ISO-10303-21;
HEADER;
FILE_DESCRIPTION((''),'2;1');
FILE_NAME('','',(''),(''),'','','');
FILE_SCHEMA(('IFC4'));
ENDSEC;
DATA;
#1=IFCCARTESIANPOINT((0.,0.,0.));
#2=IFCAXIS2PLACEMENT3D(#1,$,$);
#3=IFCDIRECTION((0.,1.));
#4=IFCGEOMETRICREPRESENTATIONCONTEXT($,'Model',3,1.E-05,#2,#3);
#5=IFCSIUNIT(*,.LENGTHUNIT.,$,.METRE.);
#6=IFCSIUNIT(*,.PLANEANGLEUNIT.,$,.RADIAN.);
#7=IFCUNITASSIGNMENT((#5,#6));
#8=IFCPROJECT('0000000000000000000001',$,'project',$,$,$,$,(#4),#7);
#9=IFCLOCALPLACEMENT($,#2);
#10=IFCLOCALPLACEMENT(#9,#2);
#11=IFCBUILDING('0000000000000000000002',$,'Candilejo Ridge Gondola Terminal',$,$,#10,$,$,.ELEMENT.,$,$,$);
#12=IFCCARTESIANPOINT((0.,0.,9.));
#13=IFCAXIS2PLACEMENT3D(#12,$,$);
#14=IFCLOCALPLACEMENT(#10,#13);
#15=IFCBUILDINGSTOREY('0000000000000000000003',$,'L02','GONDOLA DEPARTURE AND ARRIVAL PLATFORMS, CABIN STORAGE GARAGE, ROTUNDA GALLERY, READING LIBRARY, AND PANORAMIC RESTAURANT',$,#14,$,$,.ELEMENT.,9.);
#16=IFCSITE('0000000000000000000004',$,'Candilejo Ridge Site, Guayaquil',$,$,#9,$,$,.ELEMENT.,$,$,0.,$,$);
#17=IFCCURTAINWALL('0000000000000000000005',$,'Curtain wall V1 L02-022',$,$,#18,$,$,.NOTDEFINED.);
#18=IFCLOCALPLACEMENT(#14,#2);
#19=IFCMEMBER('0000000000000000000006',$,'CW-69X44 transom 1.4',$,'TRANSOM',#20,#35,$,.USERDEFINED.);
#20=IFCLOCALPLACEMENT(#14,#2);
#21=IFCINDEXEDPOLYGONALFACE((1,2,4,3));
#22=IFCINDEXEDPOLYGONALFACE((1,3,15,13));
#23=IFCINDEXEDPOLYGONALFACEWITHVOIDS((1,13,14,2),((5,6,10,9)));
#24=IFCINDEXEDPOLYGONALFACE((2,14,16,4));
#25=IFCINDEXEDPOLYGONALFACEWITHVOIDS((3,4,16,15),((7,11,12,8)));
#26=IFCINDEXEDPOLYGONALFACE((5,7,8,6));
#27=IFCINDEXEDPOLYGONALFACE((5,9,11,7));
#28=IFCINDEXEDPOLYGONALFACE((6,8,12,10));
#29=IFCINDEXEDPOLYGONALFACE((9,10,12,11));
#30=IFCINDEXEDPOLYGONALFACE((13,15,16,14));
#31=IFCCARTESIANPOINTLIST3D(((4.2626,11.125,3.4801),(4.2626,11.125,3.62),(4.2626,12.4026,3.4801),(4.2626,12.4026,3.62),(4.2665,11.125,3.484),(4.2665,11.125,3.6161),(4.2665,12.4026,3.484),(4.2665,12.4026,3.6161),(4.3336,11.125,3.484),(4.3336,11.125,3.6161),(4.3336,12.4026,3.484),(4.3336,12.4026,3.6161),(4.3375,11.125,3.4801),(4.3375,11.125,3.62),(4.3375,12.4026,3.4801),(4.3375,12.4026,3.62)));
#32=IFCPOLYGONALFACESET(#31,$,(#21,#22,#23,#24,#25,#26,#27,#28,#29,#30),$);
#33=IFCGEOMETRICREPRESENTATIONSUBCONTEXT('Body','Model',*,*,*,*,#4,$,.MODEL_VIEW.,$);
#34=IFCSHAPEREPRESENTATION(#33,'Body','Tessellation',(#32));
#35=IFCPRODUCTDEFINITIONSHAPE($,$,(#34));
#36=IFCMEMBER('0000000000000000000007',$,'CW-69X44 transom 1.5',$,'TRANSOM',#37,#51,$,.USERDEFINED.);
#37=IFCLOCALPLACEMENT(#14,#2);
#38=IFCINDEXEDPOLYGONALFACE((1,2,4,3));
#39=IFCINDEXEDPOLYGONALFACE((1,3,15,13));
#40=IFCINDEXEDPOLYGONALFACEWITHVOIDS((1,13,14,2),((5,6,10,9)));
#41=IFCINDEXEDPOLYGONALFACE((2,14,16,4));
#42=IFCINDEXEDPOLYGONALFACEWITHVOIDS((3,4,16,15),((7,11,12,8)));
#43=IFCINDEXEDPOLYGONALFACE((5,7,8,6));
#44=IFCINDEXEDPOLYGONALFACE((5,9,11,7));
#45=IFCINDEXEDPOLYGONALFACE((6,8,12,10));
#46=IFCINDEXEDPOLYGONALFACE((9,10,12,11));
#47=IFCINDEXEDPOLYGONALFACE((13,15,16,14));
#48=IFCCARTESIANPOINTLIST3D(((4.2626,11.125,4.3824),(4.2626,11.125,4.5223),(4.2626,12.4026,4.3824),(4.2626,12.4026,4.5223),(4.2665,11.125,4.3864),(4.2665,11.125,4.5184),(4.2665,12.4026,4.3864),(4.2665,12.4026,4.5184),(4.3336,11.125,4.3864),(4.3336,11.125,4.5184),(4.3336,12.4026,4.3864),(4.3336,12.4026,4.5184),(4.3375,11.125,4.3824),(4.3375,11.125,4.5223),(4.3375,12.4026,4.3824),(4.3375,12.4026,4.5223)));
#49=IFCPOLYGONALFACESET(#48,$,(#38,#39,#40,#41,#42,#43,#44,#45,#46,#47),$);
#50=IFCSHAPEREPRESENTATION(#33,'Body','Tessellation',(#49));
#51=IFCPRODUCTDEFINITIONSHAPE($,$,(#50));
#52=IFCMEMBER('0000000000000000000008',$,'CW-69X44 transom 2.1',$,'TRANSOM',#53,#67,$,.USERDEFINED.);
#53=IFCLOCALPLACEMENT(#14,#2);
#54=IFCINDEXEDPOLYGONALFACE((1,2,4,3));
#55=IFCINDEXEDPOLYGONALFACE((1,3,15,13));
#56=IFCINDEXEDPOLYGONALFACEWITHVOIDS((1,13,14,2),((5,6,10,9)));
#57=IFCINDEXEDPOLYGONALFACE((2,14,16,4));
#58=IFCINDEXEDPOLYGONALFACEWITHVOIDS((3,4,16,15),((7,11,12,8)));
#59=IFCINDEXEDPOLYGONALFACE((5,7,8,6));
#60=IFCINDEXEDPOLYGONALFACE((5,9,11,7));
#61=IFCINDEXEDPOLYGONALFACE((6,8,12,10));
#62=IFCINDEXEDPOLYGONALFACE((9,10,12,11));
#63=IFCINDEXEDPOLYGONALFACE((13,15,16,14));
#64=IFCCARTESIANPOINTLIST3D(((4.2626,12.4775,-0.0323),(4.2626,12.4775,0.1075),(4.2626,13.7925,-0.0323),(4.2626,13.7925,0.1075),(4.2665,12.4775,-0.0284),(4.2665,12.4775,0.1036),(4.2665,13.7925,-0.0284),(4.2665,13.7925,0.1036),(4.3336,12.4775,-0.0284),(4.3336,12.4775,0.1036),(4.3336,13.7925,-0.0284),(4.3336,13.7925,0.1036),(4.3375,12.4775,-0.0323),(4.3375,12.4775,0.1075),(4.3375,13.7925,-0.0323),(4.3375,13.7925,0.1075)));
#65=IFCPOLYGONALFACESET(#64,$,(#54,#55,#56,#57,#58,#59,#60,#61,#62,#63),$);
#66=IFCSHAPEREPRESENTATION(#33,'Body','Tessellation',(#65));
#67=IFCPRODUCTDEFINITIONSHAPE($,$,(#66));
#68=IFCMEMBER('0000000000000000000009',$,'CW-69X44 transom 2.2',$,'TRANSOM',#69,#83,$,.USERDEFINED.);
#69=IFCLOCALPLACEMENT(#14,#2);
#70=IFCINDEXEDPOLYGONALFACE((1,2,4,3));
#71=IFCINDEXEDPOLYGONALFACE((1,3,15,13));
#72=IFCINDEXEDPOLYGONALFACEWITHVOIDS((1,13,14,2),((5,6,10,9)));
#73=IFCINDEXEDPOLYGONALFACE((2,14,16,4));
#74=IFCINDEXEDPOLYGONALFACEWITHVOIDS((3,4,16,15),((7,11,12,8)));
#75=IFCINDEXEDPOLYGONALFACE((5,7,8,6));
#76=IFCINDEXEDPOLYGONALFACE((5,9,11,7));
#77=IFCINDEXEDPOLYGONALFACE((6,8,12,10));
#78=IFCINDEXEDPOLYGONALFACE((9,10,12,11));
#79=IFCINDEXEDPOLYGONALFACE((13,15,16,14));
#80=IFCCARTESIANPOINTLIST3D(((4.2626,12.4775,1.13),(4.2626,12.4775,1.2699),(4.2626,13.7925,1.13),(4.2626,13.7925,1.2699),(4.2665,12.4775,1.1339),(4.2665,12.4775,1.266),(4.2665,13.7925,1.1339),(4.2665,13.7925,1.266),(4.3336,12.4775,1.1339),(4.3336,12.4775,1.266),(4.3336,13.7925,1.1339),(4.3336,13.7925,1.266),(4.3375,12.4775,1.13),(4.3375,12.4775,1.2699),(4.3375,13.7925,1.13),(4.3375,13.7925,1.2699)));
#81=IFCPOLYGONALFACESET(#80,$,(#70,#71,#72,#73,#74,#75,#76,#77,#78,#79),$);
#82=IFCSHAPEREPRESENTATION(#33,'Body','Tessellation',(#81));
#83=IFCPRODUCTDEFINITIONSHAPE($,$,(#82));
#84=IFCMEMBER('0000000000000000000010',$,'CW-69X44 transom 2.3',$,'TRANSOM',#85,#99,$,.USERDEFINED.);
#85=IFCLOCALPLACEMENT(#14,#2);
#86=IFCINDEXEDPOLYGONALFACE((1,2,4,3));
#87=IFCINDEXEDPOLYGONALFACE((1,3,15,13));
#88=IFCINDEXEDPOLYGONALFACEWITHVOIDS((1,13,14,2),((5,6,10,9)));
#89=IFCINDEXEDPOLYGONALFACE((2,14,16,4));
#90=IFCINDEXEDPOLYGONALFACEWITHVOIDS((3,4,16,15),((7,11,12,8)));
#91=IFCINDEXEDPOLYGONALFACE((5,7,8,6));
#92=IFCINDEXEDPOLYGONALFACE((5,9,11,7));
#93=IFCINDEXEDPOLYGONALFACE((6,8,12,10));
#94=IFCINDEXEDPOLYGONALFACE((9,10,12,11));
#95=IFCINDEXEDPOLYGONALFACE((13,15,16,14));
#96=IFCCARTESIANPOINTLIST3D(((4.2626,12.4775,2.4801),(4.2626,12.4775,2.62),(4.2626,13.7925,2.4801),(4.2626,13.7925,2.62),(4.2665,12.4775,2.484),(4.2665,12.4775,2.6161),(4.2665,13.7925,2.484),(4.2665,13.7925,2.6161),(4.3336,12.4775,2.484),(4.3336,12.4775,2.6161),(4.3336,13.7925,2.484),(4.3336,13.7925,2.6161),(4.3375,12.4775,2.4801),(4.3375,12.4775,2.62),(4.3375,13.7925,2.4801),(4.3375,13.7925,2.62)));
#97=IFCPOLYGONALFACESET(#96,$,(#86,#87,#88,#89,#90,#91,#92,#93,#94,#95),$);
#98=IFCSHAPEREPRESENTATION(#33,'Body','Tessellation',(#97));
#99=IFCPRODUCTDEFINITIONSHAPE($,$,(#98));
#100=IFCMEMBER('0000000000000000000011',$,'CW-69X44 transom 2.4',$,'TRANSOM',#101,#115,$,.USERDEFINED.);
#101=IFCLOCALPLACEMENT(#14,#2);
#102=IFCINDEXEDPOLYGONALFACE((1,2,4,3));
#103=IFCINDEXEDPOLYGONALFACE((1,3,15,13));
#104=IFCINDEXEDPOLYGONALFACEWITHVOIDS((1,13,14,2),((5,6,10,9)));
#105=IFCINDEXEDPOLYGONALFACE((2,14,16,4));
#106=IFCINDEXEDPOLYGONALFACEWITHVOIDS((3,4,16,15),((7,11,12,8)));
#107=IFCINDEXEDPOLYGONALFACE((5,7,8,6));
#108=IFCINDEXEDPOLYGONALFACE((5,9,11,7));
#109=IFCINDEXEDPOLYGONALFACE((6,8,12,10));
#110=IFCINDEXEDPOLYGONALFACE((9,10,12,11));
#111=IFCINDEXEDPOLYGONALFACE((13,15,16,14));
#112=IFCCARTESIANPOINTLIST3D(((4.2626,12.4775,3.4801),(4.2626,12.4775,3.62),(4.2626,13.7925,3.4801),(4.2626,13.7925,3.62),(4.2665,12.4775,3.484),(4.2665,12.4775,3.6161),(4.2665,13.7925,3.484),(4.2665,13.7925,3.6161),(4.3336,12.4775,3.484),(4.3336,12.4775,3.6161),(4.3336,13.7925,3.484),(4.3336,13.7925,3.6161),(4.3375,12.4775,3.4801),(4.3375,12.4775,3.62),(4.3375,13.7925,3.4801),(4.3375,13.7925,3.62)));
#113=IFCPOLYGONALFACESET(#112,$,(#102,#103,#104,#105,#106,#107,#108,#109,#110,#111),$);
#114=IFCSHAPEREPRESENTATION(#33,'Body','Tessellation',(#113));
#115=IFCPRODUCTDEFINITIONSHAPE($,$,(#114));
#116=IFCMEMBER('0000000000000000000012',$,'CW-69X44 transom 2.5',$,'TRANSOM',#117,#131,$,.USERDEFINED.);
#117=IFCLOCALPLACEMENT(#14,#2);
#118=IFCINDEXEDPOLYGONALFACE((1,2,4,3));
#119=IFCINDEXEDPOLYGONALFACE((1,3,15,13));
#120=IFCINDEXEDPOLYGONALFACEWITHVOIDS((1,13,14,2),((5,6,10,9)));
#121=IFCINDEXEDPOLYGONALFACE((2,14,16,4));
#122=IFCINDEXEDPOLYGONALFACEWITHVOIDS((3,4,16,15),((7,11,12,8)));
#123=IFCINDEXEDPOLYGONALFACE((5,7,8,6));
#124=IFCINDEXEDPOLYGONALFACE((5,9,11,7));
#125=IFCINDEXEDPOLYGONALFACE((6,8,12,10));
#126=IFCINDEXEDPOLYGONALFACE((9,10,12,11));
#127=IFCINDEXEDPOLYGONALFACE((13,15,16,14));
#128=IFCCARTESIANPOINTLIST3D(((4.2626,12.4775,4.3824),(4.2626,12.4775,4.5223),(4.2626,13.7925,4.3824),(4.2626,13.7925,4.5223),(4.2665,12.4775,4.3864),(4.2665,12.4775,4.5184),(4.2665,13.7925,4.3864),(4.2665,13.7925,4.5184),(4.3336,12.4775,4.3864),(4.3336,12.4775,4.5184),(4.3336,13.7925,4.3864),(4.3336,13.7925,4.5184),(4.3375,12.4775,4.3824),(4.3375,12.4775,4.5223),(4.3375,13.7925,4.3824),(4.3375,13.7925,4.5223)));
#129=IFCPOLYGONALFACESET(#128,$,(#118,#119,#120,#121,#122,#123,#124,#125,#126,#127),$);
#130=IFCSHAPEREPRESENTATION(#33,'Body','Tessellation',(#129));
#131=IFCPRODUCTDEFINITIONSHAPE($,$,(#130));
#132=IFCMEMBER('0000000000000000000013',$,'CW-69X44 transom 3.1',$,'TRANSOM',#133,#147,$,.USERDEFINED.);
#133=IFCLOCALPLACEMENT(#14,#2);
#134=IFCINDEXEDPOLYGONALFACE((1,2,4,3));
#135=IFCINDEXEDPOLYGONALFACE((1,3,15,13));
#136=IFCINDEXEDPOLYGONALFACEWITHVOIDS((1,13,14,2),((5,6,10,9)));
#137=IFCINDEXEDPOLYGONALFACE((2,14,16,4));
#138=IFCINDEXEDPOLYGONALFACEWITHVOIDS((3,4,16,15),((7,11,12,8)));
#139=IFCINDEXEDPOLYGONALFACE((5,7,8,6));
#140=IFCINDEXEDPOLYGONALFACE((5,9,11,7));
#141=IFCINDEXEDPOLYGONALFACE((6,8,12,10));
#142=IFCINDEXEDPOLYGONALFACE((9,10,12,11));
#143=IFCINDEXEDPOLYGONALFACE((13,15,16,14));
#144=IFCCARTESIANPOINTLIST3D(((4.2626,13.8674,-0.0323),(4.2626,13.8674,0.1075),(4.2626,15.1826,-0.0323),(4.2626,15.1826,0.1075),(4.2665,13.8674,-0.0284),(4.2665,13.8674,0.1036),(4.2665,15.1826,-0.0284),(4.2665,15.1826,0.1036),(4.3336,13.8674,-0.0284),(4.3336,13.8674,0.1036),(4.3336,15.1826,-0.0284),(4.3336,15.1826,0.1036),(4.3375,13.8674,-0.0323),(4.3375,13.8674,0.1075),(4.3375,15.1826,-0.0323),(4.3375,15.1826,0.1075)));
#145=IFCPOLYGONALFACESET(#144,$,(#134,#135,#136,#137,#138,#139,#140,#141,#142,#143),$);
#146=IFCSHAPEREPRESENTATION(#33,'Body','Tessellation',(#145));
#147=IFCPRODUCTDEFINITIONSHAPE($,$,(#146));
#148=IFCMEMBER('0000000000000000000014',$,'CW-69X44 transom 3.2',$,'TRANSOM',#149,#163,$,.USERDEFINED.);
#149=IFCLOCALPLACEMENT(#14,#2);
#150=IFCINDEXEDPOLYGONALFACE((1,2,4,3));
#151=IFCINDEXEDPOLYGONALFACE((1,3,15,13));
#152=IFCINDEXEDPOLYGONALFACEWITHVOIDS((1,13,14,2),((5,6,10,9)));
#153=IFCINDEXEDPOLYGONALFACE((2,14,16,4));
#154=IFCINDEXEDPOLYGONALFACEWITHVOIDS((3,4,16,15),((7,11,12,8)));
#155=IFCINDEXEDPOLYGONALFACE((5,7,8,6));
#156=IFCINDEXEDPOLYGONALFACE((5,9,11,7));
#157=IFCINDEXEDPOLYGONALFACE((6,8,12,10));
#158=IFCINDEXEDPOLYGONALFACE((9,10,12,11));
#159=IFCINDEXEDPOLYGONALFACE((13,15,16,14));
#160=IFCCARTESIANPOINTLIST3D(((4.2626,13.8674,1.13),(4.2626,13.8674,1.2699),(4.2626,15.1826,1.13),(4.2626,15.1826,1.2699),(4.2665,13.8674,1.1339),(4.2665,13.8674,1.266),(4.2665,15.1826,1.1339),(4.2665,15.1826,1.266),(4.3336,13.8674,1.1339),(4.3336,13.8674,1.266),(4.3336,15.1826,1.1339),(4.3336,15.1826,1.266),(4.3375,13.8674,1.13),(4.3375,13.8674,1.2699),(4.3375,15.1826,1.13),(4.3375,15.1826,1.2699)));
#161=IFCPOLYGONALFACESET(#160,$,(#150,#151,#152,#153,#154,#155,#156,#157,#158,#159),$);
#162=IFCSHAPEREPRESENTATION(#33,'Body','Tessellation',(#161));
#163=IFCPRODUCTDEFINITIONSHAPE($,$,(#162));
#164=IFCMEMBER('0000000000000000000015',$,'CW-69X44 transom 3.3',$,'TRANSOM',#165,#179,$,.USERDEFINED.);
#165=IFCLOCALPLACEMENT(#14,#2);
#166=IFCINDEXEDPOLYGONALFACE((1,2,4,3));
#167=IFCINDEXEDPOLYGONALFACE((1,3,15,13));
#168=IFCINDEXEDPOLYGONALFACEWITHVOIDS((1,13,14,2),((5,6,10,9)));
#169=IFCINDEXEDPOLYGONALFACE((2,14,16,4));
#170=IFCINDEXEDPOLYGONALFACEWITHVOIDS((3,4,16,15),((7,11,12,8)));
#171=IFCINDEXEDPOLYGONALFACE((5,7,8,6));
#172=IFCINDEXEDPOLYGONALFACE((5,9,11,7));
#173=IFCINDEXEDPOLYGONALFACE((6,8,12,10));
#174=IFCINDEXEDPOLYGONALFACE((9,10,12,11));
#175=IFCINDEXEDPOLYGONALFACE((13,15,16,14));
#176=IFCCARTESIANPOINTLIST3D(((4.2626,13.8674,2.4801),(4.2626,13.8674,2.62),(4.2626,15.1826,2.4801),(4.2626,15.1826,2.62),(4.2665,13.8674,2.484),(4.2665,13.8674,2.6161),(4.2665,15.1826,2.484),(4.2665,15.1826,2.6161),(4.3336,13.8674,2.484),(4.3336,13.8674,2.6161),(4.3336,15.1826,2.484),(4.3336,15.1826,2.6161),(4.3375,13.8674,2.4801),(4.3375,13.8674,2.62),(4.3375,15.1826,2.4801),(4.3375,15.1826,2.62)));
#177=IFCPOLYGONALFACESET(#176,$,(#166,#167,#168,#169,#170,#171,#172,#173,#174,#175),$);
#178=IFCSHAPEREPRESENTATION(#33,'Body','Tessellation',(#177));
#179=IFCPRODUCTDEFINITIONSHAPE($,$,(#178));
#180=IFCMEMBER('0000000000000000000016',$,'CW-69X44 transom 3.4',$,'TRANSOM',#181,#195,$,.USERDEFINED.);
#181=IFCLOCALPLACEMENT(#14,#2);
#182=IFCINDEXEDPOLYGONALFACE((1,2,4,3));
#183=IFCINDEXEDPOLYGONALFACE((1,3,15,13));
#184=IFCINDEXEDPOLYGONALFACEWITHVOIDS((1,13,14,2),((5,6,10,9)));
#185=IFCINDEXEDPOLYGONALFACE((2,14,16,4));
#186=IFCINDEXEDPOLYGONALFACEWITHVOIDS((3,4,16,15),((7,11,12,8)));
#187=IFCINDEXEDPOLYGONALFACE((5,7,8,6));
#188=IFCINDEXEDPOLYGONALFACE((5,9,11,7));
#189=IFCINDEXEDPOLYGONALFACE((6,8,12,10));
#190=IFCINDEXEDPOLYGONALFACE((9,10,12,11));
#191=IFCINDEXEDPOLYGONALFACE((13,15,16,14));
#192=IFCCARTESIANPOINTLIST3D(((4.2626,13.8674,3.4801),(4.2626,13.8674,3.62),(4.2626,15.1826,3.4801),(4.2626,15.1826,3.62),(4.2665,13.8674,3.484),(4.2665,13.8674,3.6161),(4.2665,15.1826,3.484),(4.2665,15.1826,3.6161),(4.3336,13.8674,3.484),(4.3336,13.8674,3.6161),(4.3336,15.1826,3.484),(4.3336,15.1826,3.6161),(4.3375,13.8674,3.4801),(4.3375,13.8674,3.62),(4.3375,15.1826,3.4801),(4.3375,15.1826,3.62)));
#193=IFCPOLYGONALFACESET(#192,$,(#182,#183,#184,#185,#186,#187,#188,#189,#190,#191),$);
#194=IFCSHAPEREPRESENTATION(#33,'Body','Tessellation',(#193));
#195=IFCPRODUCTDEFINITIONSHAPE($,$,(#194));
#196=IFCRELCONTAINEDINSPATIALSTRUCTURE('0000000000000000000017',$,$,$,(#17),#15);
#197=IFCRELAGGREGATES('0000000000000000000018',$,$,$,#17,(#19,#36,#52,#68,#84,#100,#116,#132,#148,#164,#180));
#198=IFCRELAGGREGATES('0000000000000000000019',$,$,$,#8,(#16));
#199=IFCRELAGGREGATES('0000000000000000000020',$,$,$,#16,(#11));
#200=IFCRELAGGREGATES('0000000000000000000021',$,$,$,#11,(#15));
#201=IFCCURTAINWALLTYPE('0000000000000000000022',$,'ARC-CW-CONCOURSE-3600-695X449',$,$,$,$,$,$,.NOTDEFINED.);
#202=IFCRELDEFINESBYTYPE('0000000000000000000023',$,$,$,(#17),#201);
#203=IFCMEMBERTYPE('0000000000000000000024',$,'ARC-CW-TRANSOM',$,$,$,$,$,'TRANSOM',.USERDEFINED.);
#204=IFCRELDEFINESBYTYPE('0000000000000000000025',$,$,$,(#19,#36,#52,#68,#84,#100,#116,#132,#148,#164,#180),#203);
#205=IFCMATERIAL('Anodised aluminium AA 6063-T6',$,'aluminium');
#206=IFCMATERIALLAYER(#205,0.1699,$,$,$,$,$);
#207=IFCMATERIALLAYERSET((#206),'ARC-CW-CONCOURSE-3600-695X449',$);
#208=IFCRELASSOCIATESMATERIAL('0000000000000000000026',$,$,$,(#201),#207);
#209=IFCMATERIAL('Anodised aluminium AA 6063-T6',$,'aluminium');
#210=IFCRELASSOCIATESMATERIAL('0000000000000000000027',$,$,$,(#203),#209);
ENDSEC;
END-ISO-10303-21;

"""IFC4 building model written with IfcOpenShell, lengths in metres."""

from ifc_helpers import new_model, si_unit, direction, frame, origin, origin_2d, place, context, subcontext, project, spatial, hollow_rectangle, extrude, material, layer, layer_set, material_profile, profile_set, type_object, element, aggregate, save


model = new_model("IFC4")

# Units and contexts
model_context = context("Model", 3, precision=1e-05, world=origin(), true_north=direction((0.0, 1.0)))
body_context = subcontext(model_context, "Body", "Model", "MODEL_VIEW")
ifc_project = project(units=[si_unit("LENGTHUNIT", "METRE"), si_unit("PLANEANGLEUNIT", "RADIAN")], contexts=[model_context])

# Site, building, storey
site_placement = place(None, origin())
site = spatial("IfcSite", under=ifc_project, at=site_placement, Name="Candilejo Ridge Site, Guayaquil", CompositionType="ELEMENT", RefElevation=0.0)
building_placement = place(site_placement, origin())
building = spatial("IfcBuilding", under=site, at=building_placement, Name="Candilejo Ridge Gondola Terminal", CompositionType="ELEMENT")
storey_placement = place(building_placement, frame((0.0, 0.0, 9.0)))
storey = spatial("IfcBuildingStorey", under=building, at=storey_placement, Name="L02", Description="GONDOLA DEPARTURE AND ARRIVAL PLATFORMS, CABIN STORAGE GARAGE, ROTUNDA GALLERY, READING LIBRARY, AND PANORAMIC RESTAURANT", CompositionType="ELEMENT", Elevation=9.0)

# Curtain wall
ifc_material_1 = material(Name="Anodised aluminium AA 6063-T6", Category="aluminium")
ifc_layer_1 = layer(ifc_material_1, 0.1699)
ifc_layer_set_1 = layer_set([ifc_layer_1], Name="ARC-CW-CONCOURSE-3600-695X449")
curtain_wall_type_1 = type_object("IfcCurtainWallType", Name="ARC-CW-CONCOURSE-3600-695X449", PredefinedType="NOTDEFINED", material=ifc_layer_set_1)
curtain_wall_1_placement = place(storey_placement, origin())
curtain_wall_1 = element("IfcCurtainWall", 1, at=curtain_wall_1_placement, inside=storey, type_object=curtain_wall_type_1, Name="Curtain wall V1 L02-022", PredefinedType="NOTDEFINED")

# Members
ifc_material_2 = material(Name="Anodised aluminium AA 6063-T6", Category="aluminium")
ifc_material_profile_1 = material_profile(ifc_material_2, hollow_rectangle(XDim=0.075, YDim=0.1399, WallThickness=0.0039, at=origin_2d()))
ifc_profile_set_1 = profile_set([ifc_material_profile_1], Name="Anodised aluminium AA 6063-T6")
member_type_1 = type_object("IfcMemberType", Name="ARC-CW-TRANSOM", ElementType="TRANSOM", PredefinedType="USERDEFINED", material=ifc_profile_set_1)
member_1_placement = place(storey_placement, frame((4.3, 11.125, 3.55), z_axis=(0.0, 1.0, 0.0), x_axis=(-1.0, 0.0, 0.0)))
member_1 = element("IfcMember", 2, at=member_1_placement, type_object=member_type_1, Name="CW-69X44 transom 1.4", ObjectType="TRANSOM", PredefinedType="USERDEFINED", context=body_context, shape_type="SweptSolid", body=[
    extrude(hollow_rectangle(XDim=0.075, YDim=0.1399, WallThickness=0.0039, at=origin_2d()), origin(), (0.0, 0.0, 1.0), 1.2776),
])
member_2_placement = place(storey_placement, frame((4.3, 11.125, 4.4524), z_axis=(0.0, 1.0, 0.0), x_axis=(-1.0, 0.0, 0.0)))
member_2 = element("IfcMember", 3, at=member_2_placement, type_object=member_type_1, Name="CW-69X44 transom 1.5", ObjectType="TRANSOM", PredefinedType="USERDEFINED", context=body_context, shape_type="SweptSolid", body=[
    extrude(hollow_rectangle(XDim=0.075, YDim=0.1399, WallThickness=0.0039, at=origin_2d()), origin(), (0.0, 0.0, 1.0), 1.2776),
])
member_3_placement = place(storey_placement, frame((4.3, 12.4775, 0.0376), z_axis=(0.0, 1.0, 0.0), x_axis=(-1.0, 0.0, 0.0)))
member_3 = element("IfcMember", 4, at=member_3_placement, type_object=member_type_1, Name="CW-69X44 transom 2.1", ObjectType="TRANSOM", PredefinedType="USERDEFINED", context=body_context, shape_type="SweptSolid", body=[
    extrude(hollow_rectangle(XDim=0.075, YDim=0.1399, WallThickness=0.0039, at=origin_2d()), origin(), (0.0, 0.0, 1.0), 1.3149),
])
member_4_placement = place(storey_placement, frame((4.3, 12.4775, 1.2), z_axis=(0.0, 1.0, 0.0), x_axis=(-1.0, 0.0, 0.0)))
member_4 = element("IfcMember", 5, at=member_4_placement, type_object=member_type_1, Name="CW-69X44 transom 2.2", ObjectType="TRANSOM", PredefinedType="USERDEFINED", context=body_context, shape_type="SweptSolid", body=[
    extrude(hollow_rectangle(XDim=0.075, YDim=0.1399, WallThickness=0.0039, at=origin_2d()), origin(), (0.0, 0.0, 1.0), 1.3149),
])
member_5_placement = place(storey_placement, frame((4.3, 12.4775, 2.55), z_axis=(0.0, 1.0, 0.0), x_axis=(-1.0, 0.0, 0.0)))
member_5 = element("IfcMember", 6, at=member_5_placement, type_object=member_type_1, Name="CW-69X44 transom 2.3", ObjectType="TRANSOM", PredefinedType="USERDEFINED", context=body_context, shape_type="SweptSolid", body=[
    extrude(hollow_rectangle(XDim=0.075, YDim=0.1399, WallThickness=0.0039, at=origin_2d()), origin(), (0.0, 0.0, 1.0), 1.3149),
])
member_6_placement = place(storey_placement, frame((4.3, 12.4775, 3.55), z_axis=(0.0, 1.0, 0.0), x_axis=(-1.0, 0.0, 0.0)))
member_6 = element("IfcMember", 7, at=member_6_placement, type_object=member_type_1, Name="CW-69X44 transom 2.4", ObjectType="TRANSOM", PredefinedType="USERDEFINED", context=body_context, shape_type="SweptSolid", body=[
    extrude(hollow_rectangle(XDim=0.075, YDim=0.1399, WallThickness=0.0039, at=origin_2d()), origin(), (0.0, 0.0, 1.0), 1.3149),
])
member_7_placement = place(storey_placement, frame((4.3, 12.4775, 4.4524), z_axis=(0.0, 1.0, 0.0), x_axis=(-1.0, 0.0, 0.0)))
member_7 = element("IfcMember", 8, at=member_7_placement, type_object=member_type_1, Name="CW-69X44 transom 2.5", ObjectType="TRANSOM", PredefinedType="USERDEFINED", context=body_context, shape_type="SweptSolid", body=[
    extrude(hollow_rectangle(XDim=0.075, YDim=0.1399, WallThickness=0.0039, at=origin_2d()), origin(), (0.0, 0.0, 1.0), 1.3149),
])
member_8_placement = place(storey_placement, frame((4.3, 13.8674, 0.0376), z_axis=(0.0, 1.0, 0.0), x_axis=(-1.0, 0.0, 0.0)))
member_8 = element("IfcMember", 9, at=member_8_placement, type_object=member_type_1, Name="CW-69X44 transom 3.1", ObjectType="TRANSOM", PredefinedType="USERDEFINED", context=body_context, shape_type="SweptSolid", body=[
    extrude(hollow_rectangle(XDim=0.075, YDim=0.1399, WallThickness=0.0039, at=origin_2d()), origin(), (0.0, 0.0, 1.0), 1.3152),
])
member_9_placement = place(storey_placement, frame((4.3, 13.8674, 1.2), z_axis=(0.0, 1.0, 0.0), x_axis=(-1.0, 0.0, 0.0)))
member_9 = element("IfcMember", 10, at=member_9_placement, type_object=member_type_1, Name="CW-69X44 transom 3.2", ObjectType="TRANSOM", PredefinedType="USERDEFINED", context=body_context, shape_type="SweptSolid", body=[
    extrude(hollow_rectangle(XDim=0.075, YDim=0.1399, WallThickness=0.0039, at=origin_2d()), origin(), (0.0, 0.0, 1.0), 1.3152),
])
member_10_placement = place(storey_placement, frame((4.3, 13.8674, 2.55), z_axis=(0.0, 1.0, 0.0), x_axis=(-1.0, 0.0, 0.0)))
member_10 = element("IfcMember", 11, at=member_10_placement, type_object=member_type_1, Name="CW-69X44 transom 3.3", ObjectType="TRANSOM", PredefinedType="USERDEFINED", context=body_context, shape_type="SweptSolid", body=[
    extrude(hollow_rectangle(XDim=0.075, YDim=0.1399, WallThickness=0.0039, at=origin_2d()), origin(), (0.0, 0.0, 1.0), 1.3152),
])
member_11_placement = place(storey_placement, frame((4.3, 13.8674, 3.55), z_axis=(0.0, 1.0, 0.0), x_axis=(-1.0, 0.0, 0.0)))
member_11 = element("IfcMember", 12, at=member_11_placement, type_object=member_type_1, Name="CW-69X44 transom 3.4", ObjectType="TRANSOM", PredefinedType="USERDEFINED", context=body_context, shape_type="SweptSolid", body=[
    extrude(hollow_rectangle(XDim=0.075, YDim=0.1399, WallThickness=0.0039, at=origin_2d()), origin(), (0.0, 0.0, 1.0), 1.3152),
])

aggregate(curtain_wall_1, [member_1, member_2, member_3, member_4, member_5, member_6, member_7, member_8, member_9, member_10, member_11])

save(model, "model.ifc")
